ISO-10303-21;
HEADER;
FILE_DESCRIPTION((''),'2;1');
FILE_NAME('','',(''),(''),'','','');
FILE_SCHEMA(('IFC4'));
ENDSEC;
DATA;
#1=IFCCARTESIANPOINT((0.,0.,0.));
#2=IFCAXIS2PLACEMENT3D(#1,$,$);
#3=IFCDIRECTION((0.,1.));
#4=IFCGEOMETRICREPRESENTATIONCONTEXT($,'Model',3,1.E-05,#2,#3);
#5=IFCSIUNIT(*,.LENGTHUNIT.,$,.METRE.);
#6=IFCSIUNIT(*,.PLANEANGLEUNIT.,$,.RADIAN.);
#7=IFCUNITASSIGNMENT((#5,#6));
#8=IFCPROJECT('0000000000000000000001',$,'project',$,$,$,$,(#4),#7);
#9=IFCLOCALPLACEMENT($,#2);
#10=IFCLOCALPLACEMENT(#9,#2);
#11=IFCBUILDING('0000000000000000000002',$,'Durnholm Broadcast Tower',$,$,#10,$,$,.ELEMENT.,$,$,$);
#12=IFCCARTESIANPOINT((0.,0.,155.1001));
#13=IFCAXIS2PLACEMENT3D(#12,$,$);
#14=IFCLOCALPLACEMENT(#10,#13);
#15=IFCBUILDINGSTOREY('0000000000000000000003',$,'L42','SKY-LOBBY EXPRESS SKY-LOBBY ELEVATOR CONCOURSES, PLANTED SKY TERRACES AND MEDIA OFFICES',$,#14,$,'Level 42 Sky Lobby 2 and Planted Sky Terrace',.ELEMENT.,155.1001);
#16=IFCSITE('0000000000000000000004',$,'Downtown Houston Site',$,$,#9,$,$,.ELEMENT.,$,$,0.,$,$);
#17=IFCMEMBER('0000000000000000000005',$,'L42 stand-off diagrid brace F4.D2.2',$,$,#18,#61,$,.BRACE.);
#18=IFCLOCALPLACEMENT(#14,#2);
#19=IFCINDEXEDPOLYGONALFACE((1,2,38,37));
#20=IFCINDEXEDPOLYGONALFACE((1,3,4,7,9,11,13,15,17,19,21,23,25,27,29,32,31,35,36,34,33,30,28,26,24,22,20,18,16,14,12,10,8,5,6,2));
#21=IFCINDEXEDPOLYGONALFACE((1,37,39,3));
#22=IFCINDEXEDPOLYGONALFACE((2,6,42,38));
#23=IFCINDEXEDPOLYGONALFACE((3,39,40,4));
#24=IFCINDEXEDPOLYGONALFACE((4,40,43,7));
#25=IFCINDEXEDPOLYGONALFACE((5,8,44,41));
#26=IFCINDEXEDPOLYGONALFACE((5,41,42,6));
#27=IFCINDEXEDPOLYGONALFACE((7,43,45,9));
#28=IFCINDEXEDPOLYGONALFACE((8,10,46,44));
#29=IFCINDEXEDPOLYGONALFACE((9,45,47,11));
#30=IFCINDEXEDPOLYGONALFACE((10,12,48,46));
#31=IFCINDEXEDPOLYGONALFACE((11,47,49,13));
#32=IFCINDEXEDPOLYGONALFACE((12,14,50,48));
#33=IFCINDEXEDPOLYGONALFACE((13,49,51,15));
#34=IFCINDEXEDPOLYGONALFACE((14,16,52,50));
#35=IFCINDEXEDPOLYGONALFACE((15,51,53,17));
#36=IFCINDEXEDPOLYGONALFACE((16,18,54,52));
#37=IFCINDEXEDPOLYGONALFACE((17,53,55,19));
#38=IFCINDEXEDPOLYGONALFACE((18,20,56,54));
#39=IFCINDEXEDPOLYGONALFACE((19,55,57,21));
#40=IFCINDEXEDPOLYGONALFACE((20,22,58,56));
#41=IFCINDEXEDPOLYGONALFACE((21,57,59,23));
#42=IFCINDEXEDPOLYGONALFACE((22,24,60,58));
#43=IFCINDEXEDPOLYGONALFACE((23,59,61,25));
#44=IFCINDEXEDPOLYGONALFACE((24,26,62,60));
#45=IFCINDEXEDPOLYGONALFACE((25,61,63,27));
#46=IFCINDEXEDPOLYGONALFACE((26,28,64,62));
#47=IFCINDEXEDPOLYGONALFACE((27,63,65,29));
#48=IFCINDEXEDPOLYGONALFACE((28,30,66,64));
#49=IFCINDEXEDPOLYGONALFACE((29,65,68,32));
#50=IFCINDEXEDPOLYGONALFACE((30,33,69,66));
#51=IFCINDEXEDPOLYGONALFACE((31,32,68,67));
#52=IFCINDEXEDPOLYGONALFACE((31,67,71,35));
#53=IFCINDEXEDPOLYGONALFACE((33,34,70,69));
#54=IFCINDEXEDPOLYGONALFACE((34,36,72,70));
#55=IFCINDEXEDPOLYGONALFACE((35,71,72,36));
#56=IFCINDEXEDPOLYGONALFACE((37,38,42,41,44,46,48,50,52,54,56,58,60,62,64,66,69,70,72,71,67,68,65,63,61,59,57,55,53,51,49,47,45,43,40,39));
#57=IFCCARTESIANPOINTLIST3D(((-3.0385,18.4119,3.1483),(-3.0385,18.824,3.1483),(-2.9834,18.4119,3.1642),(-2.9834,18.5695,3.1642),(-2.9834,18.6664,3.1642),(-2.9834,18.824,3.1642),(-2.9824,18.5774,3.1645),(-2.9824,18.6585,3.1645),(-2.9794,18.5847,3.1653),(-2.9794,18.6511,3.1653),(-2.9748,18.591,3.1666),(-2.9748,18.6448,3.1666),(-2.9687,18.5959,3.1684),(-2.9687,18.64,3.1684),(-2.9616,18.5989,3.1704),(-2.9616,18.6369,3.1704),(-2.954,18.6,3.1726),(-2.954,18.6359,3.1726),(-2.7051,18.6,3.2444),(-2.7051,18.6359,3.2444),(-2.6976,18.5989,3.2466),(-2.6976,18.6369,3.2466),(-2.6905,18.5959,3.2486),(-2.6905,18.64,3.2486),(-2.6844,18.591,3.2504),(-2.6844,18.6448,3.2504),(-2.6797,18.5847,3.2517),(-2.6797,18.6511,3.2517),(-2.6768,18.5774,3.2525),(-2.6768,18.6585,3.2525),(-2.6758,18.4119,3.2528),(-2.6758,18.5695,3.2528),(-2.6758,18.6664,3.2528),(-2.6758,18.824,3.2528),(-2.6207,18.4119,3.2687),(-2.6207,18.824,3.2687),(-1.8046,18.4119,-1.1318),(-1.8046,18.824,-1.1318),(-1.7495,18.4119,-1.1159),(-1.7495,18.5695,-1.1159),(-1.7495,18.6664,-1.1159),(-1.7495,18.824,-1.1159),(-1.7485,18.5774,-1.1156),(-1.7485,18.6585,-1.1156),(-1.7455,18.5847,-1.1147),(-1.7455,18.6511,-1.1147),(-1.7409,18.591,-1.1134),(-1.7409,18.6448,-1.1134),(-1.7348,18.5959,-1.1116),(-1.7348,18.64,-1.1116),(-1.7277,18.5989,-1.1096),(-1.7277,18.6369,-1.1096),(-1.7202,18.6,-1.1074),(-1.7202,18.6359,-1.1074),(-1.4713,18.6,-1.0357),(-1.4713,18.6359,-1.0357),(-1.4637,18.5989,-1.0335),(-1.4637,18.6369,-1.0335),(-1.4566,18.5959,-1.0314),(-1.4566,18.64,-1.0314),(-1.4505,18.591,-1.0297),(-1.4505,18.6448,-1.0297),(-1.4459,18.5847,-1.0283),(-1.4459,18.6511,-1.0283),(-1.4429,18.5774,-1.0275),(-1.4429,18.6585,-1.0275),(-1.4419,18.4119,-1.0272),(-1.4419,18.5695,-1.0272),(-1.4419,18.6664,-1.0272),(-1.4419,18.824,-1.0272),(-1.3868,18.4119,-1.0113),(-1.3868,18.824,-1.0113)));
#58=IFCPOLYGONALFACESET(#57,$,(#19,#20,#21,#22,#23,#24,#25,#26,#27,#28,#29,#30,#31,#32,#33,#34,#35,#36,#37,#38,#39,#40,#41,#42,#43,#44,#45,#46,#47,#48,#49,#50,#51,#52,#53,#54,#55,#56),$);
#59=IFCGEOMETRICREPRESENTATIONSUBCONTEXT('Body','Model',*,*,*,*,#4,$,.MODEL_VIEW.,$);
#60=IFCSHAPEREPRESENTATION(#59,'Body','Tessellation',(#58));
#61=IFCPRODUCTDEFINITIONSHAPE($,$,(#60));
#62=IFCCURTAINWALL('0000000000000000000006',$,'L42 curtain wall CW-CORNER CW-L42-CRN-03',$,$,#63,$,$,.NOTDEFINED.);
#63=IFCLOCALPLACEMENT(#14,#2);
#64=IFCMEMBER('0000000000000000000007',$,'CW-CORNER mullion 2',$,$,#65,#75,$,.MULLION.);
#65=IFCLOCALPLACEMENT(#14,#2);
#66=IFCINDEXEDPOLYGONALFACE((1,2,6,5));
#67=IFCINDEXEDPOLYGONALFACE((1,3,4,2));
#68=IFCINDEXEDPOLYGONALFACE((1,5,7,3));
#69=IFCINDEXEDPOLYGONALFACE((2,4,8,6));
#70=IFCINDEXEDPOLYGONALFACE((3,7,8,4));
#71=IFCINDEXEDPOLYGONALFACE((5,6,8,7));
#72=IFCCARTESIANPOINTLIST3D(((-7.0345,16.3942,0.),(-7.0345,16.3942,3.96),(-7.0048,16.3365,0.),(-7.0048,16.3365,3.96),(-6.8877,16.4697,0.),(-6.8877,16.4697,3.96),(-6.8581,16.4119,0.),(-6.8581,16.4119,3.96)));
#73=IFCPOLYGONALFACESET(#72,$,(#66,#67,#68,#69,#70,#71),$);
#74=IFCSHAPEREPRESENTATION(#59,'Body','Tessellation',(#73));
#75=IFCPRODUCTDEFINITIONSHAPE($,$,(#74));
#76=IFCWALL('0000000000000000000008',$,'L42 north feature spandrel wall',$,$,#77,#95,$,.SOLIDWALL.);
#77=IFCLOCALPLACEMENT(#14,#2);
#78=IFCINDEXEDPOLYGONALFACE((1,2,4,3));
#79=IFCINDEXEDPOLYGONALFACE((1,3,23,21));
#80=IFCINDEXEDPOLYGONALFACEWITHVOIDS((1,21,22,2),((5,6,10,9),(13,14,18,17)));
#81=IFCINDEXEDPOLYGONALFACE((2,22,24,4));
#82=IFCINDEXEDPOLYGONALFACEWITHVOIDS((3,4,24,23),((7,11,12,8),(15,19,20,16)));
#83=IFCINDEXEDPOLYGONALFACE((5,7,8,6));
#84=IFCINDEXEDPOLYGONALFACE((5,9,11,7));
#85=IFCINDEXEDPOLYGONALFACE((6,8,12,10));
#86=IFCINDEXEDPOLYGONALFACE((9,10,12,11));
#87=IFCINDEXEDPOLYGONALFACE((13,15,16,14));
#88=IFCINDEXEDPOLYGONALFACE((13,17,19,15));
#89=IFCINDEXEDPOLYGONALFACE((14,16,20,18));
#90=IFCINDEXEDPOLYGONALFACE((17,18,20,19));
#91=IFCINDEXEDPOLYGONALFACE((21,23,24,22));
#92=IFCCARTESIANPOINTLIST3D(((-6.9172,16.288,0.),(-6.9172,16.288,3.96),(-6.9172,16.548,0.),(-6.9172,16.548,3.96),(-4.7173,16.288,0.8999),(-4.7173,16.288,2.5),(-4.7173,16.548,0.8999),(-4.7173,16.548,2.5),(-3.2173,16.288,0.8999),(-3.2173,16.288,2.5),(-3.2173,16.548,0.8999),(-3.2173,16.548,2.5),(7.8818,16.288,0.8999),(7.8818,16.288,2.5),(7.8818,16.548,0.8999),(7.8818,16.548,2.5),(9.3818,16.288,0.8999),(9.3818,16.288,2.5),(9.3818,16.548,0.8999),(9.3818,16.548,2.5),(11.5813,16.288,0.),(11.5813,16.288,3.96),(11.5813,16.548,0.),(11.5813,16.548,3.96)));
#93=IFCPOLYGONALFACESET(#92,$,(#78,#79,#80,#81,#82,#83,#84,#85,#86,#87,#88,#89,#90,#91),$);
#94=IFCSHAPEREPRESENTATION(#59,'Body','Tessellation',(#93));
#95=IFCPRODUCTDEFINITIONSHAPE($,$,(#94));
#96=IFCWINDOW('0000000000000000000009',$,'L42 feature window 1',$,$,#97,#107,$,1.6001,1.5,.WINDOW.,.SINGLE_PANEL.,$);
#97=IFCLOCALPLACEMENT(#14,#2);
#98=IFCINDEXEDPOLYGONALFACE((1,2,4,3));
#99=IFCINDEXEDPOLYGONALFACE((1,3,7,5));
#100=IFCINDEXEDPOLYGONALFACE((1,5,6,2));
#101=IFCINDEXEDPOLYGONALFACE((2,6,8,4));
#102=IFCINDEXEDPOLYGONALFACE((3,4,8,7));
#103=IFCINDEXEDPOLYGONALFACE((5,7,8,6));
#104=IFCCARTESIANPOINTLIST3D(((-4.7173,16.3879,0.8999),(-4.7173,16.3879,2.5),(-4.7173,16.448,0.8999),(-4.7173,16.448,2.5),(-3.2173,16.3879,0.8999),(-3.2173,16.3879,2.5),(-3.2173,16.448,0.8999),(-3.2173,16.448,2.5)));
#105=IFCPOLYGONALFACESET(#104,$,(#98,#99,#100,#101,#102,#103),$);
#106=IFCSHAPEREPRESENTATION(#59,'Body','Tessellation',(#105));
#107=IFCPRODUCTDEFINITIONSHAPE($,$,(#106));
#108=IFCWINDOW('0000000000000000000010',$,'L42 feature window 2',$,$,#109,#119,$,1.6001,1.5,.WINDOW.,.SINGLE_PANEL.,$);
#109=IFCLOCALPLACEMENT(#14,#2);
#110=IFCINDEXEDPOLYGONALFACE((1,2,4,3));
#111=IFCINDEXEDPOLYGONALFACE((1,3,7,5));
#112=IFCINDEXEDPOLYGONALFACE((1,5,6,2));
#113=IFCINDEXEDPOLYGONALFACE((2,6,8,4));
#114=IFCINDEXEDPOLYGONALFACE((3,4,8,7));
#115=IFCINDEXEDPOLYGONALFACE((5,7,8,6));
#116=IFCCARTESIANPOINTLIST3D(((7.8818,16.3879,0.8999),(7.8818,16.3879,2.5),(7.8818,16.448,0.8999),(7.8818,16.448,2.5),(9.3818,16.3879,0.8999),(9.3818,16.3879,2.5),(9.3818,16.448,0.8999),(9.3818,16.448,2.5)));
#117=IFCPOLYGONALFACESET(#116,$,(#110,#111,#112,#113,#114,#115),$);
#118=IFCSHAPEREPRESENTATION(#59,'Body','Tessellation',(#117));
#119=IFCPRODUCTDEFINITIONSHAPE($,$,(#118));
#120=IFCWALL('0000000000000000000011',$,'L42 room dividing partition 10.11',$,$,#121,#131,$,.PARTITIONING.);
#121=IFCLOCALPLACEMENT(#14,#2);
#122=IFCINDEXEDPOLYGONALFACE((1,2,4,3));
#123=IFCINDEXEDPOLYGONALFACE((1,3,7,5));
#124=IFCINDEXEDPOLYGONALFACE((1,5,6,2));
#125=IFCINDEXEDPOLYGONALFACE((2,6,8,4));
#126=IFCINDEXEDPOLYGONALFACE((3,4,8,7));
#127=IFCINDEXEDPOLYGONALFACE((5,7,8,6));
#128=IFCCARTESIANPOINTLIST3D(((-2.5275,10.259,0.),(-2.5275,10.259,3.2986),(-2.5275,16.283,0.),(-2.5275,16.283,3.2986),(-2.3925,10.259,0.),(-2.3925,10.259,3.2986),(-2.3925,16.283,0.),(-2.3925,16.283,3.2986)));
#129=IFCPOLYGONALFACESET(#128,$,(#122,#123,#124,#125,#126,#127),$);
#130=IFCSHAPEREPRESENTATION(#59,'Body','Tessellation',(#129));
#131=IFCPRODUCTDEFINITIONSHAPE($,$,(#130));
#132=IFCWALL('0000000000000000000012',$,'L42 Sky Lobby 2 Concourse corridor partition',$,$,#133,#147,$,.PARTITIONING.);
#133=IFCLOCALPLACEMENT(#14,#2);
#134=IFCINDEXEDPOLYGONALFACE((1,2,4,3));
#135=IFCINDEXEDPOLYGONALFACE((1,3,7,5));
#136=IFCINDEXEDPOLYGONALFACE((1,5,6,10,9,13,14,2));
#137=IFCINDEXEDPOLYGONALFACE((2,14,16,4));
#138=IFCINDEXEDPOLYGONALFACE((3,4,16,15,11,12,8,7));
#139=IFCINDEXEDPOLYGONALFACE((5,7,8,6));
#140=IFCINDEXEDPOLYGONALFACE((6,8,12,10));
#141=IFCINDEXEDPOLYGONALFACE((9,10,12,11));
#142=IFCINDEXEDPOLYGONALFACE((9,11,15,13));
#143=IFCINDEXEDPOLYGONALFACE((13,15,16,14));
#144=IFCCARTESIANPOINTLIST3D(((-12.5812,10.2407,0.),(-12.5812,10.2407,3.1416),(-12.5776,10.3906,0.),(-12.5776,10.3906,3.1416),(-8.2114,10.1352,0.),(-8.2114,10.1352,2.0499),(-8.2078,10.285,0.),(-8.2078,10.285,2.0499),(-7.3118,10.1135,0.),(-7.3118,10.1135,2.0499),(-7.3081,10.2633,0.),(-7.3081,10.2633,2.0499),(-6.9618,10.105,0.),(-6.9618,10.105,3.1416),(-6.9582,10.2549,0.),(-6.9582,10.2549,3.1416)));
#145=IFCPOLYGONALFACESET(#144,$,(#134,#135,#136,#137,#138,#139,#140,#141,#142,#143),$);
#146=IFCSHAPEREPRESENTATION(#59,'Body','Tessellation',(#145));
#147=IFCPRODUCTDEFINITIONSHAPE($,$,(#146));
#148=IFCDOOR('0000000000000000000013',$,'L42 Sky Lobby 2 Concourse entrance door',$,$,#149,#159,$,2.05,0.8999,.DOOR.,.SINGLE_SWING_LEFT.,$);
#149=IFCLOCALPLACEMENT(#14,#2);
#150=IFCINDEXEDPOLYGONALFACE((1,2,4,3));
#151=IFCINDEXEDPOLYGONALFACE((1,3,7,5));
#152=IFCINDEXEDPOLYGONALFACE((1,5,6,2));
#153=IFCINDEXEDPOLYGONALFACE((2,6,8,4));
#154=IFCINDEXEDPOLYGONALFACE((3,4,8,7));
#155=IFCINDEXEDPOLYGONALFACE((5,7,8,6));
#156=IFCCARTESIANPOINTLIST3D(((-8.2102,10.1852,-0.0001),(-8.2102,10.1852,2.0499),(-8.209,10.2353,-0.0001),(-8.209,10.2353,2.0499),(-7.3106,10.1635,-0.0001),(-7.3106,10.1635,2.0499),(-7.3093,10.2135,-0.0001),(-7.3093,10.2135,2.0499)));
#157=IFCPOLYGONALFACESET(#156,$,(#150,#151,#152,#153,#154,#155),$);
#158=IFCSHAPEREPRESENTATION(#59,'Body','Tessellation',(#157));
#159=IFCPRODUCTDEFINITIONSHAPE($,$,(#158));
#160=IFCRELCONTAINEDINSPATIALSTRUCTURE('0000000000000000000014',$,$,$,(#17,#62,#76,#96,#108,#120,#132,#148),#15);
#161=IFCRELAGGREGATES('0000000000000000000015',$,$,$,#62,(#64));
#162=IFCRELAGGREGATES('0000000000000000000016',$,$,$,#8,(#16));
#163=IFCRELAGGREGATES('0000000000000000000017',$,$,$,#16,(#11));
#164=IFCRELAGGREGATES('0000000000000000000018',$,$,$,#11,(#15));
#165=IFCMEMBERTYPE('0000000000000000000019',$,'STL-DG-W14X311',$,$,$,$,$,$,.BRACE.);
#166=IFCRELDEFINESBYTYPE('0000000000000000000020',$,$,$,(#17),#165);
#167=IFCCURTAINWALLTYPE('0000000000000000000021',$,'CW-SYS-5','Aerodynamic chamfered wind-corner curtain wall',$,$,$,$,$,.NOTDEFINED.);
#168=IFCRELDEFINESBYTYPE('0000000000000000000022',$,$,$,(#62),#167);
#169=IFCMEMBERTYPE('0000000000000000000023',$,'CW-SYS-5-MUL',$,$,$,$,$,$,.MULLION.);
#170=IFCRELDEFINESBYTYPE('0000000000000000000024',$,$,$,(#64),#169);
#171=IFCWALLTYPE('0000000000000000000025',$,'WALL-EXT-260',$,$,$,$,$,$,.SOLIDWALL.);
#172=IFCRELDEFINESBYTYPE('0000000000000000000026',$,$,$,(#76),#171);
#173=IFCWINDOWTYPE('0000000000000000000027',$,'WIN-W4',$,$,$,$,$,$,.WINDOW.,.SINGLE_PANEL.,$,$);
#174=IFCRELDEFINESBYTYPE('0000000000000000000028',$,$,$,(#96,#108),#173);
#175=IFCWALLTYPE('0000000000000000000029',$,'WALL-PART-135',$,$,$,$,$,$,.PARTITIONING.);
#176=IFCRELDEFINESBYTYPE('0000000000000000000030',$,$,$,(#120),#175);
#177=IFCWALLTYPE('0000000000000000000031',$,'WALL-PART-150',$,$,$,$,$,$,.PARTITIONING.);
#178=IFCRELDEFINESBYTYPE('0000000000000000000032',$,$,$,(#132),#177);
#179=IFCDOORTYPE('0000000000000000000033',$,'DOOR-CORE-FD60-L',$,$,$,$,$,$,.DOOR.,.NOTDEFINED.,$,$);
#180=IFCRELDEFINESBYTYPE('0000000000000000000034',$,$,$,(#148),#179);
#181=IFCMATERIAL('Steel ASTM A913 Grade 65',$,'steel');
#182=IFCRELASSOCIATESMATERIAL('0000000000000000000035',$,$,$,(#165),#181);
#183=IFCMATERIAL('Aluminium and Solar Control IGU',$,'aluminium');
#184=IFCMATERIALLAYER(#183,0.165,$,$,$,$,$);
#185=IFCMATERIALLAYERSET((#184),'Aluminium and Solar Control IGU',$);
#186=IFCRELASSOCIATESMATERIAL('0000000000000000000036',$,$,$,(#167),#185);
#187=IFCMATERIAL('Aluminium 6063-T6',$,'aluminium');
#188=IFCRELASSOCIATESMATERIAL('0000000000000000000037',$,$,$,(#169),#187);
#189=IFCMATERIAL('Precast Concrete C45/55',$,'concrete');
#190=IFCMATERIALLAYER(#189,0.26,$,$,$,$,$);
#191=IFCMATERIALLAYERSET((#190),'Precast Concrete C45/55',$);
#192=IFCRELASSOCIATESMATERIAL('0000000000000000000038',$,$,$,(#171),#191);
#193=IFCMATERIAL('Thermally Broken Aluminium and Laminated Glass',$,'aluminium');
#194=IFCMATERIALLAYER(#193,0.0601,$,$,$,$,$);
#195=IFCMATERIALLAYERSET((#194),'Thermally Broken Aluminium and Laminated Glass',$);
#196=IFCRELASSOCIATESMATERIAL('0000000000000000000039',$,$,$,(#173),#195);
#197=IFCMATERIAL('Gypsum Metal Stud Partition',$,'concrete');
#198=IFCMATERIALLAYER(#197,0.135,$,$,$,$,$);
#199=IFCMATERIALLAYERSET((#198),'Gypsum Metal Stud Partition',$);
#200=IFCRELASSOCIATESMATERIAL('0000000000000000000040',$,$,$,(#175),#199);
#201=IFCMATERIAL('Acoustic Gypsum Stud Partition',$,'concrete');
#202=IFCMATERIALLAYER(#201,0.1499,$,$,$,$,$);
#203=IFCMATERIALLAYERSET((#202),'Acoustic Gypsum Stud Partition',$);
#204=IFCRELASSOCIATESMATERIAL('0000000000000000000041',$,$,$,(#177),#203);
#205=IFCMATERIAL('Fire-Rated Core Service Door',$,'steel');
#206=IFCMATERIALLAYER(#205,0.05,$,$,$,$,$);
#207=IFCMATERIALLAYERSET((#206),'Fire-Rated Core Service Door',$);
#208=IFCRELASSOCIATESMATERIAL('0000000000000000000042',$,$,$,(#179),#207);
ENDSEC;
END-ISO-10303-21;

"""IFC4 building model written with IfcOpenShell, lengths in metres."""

from ifc_helpers import new_model, si_unit, direction, frame, frame_2d, origin, origin_2d, place, context, subcontext, project, spatial, rectangle, i_section, extrude, source, transform, mapped, material, layer, layer_set, material_profile, profile_set, type_object, type_shapes, element, fill, aggregate, save


model = new_model("IFC4")

# Units and contexts
model_context = context("Model", 3, precision=1e-05, world=origin(), true_north=direction((0.0, 1.0)))
body_context = subcontext(model_context, "Body", "Model", "MODEL_VIEW")
ifc_project = project(units=[si_unit("LENGTHUNIT", "METRE"), si_unit("PLANEANGLEUNIT", "RADIAN")], contexts=[model_context])

# Site, building, storey
site_placement = place(None, origin())
site = spatial("IfcSite", under=ifc_project, at=site_placement, Name="Downtown Houston Site", CompositionType="ELEMENT", RefElevation=0.0)
building_placement = place(site_placement, origin())
building = spatial("IfcBuilding", under=site, at=building_placement, Name="Durnholm Broadcast Tower", CompositionType="ELEMENT")
storey_placement = place(building_placement, frame((0.0, 0.0, 155.1001)))
storey = spatial("IfcBuildingStorey", under=building, at=storey_placement, Name="L42", Description="SKY-LOBBY EXPRESS SKY-LOBBY ELEVATOR CONCOURSES, PLANTED SKY TERRACES AND MEDIA OFFICES", LongName="Level 42 Sky Lobby 2 and Planted Sky Terrace", CompositionType="ELEMENT", Elevation=155.1001)

# Member
ifc_material_1 = material(Name="Steel ASTM A913 Grade 65", Category="steel")
ifc_material_profile_1 = material_profile(ifc_material_1, i_section(OverallWidth=0.4121, OverallDepth=0.4348, WebThickness=0.0359, FlangeThickness=0.0574, FilletRadius=0.0305, at=origin_2d()), Name="W14X311")
ifc_profile_set_1 = profile_set([ifc_material_profile_1], Name="Steel ASTM A913 Grade 65")
member_type_1 = type_object("IfcMemberType", Name="STL-DG-W14X311", PredefinedType="BRACE", material=ifc_profile_set_1)
shared_shape_1 = source(origin(), body_context, "Body", "SweptSolid", [
    extrude(i_section(OverallWidth=0.4121, OverallDepth=0.4348, WebThickness=0.0359, FlangeThickness=0.0574, FilletRadius=0.0305, at=origin_2d()), origin(), (0.0, 0.0, 1.0), 4.4543),
])
type_shapes(member_type_1, [shared_shape_1])
for number, where, z_axis, x_axis, name in (
    (1, (-1.5957, 18.6179, -1.0715), (-0.277008, 0.0, 0.960868), (0.0, -1.0, 0.0), "L42 stand-off diagrid brace F4.D2.2"),
):
    element("IfcMember", number, at=place(storey_placement, frame(where, z_axis=z_axis, x_axis=x_axis)), inside=storey, type_object=member_type_1, Name=name, PredefinedType="BRACE", context=body_context, shape_type="MappedRepresentation", body=[
        mapped(shared_shape_1, transform((0.0, 0.0, 0.0), x_axis=(1.0, 0.0, 0.0), y_axis=(0.0, 1.0, 0.0), z_axis=(0.0, 0.0, 1.0), scale=1.0)),
    ])

# Curtain wall, member
ifc_material_2 = material(Name="Aluminium and Solar Control IGU", Category="aluminium")
ifc_layer_1 = layer(ifc_material_2, 0.165)
ifc_layer_set_1 = layer_set([ifc_layer_1], Name="Aluminium and Solar Control IGU")
curtain_wall_type = type_object("IfcCurtainWallType", Name="CW-SYS-5", Description="Aerodynamic chamfered wind-corner curtain wall", PredefinedType="NOTDEFINED", material=ifc_layer_set_1)
curtain_wall_placement = place(storey_placement, origin())
curtain_wall = element("IfcCurtainWall", 2, at=curtain_wall_placement, inside=storey, type_object=curtain_wall_type, Name="L42 curtain wall CW-CORNER CW-L42-CRN-03", PredefinedType="NOTDEFINED")
ifc_material_3 = material(Name="Aluminium 6063-T6", Category="aluminium")
ifc_material_profile_2 = material_profile(ifc_material_3, rectangle(XDim=0.0649, YDim=0.165, at=origin_2d()), Name="CWM65X165")
ifc_profile_set_2 = profile_set([ifc_material_profile_2], Name="Aluminium 6063-T6")
member_type_2 = type_object("IfcMemberType", Name="CW-SYS-5-MUL", PredefinedType="MULLION", material=ifc_profile_set_2)
shared_shape_2 = source(origin(), body_context, "Body", "SweptSolid", [
    extrude(rectangle(XDim=0.0649, YDim=0.165, at=origin_2d()), origin(), (0.0, 0.0, 1.0), 3.96),
])
type_shapes(member_type_2, [shared_shape_2])
member_placement = place(storey_placement, frame((-6.9463, 16.4031, 0.0), z_axis=(0.0, 0.0, 1.0), x_axis=(-0.457082, 0.889425, 0.0)))
member = element("IfcMember", 3, at=member_placement, type_object=member_type_2, Name="CW-CORNER mullion 2", PredefinedType="MULLION", context=body_context, shape_type="MappedRepresentation", body=[
    mapped(shared_shape_2, transform((0.0, 0.0, 0.0), x_axis=(1.0, 0.0, 0.0), y_axis=(0.0, 1.0, 0.0), z_axis=(0.0, 0.0, 1.0), scale=1.0)),
])
aggregate(curtain_wall, [member])

# Wall, openings, windows
ifc_material_4 = material(Name="Precast Concrete C45/55", Category="concrete")
ifc_layer_2 = layer(ifc_material_4, 0.26)
ifc_layer_set_2 = layer_set([ifc_layer_2], Name="Precast Concrete C45/55")
wall_type_1 = type_object("IfcWallType", Name="WALL-EXT-260", PredefinedType="SOLIDWALL", material=ifc_layer_set_2)
wall_1_placement = place(storey_placement, frame((-6.9172, 16.418, 0.0), z_axis=(0.0, 0.0, 1.0), x_axis=(1.0, 0.0, 0.0)))
wall_1 = element("IfcWall", 4, at=wall_1_placement, inside=storey, type_object=wall_type_1, Name="L42 north feature spandrel wall", PredefinedType="SOLIDWALL", context=body_context, shape_type="SweptSolid", body=[
    extrude(rectangle(XDim=18.4985, YDim=0.26, at=frame_2d((9.2493, 0.0))), origin(), (0.0, 0.0, 1.0), 3.96),
])
opening_1_placement = place(wall_1_placement, frame((2.2, 0.0, 0.8999)))
opening_1 = element("IfcOpeningElement", 5, at=opening_1_placement, cuts=wall_1, PredefinedType="OPENING", context=body_context, shape_type="SweptSolid", body=[
    extrude(rectangle(XDim=1.5, YDim=1.6001, at=frame_2d((0.75, 0.8))), frame((0.0, 0.1401, 0.0), z_axis=(0.0, -1.0, 0.0), x_axis=(1.0, 0.0, 0.0)), (0.0, 0.0, 1.0), 0.28),
])
opening_2_placement = place(wall_1_placement, frame((14.7991, 0.0, 0.8999)))
opening_2 = element("IfcOpeningElement", 6, at=opening_2_placement, cuts=wall_1, PredefinedType="OPENING", context=body_context, shape_type="SweptSolid", body=[
    extrude(rectangle(XDim=1.5, YDim=1.6001, at=frame_2d((0.75, 0.8))), frame((0.0, 0.1401, 0.0), z_axis=(0.0, -1.0, 0.0), x_axis=(1.0, 0.0, 0.0)), (0.0, 0.0, 1.0), 0.28),
])
ifc_material_5 = material(Name="Thermally Broken Aluminium and Laminated Glass", Category="aluminium")
ifc_layer_3 = layer(ifc_material_5, 0.0601)
ifc_layer_set_3 = layer_set([ifc_layer_3], Name="Thermally Broken Aluminium and Laminated Glass")
window_type = type_object("IfcWindowType", Name="WIN-W4", PartitioningType="SINGLE_PANEL", PredefinedType="WINDOW", material=ifc_layer_set_3)
shared_shape_3 = source(origin(), body_context, "Body", "SweptSolid", [
    extrude(rectangle(XDim=1.5, YDim=1.6001, at=frame_2d((0.75, 0.8))), frame((0.0, 0.03, 0.0), z_axis=(0.0, -1.0, 0.0), x_axis=(1.0, 0.0, 0.0)), (0.0, 0.0, 1.0), 0.0601),
])
type_shapes(window_type, [shared_shape_3])
window_1_placement = place(opening_1_placement, origin())
window_1 = element("IfcWindow", 7, at=window_1_placement, inside=storey, type_object=window_type, Name="L42 feature window 1", OverallHeight=1.6001, OverallWidth=1.5, PartitioningType="SINGLE_PANEL", PredefinedType="WINDOW", context=body_context, shape_type="MappedRepresentation", body=[
    mapped(shared_shape_3, transform((0.0, 0.0, 0.0), x_axis=(1.0, 0.0, 0.0), y_axis=(0.0, 1.0, 0.0), z_axis=(0.0, 0.0, 1.0), scale=1.0)),
])
fill(opening_1, window_1)
window_2_placement = place(opening_2_placement, origin())
window_2 = element("IfcWindow", 8, at=window_2_placement, inside=storey, type_object=window_type, Name="L42 feature window 2", OverallHeight=1.6001, OverallWidth=1.5, PartitioningType="SINGLE_PANEL", PredefinedType="WINDOW", context=body_context, shape_type="MappedRepresentation", body=[
    mapped(shared_shape_3, transform((0.0, 0.0, 0.0), x_axis=(1.0, 0.0, 0.0), y_axis=(0.0, 1.0, 0.0), z_axis=(0.0, 0.0, 1.0), scale=1.0)),
])
fill(opening_2, window_2)

# Wall
ifc_material_6 = material(Name="Gypsum Metal Stud Partition", Category="concrete")
ifc_layer_4 = layer(ifc_material_6, 0.135)
ifc_layer_set_4 = layer_set([ifc_layer_4], Name="Gypsum Metal Stud Partition")
wall_type_2 = type_object("IfcWallType", Name="WALL-PART-135", PredefinedType="PARTITIONING", material=ifc_layer_set_4)
wall_2_placement = place(storey_placement, frame((-2.46, 16.283, 0.0), z_axis=(0.0, 0.0, 1.0), x_axis=(0.0, -1.0, 0.0)))
element("IfcWall", 9, at=wall_2_placement, inside=storey, type_object=wall_type_2, Name="L42 room dividing partition 10.11", PredefinedType="PARTITIONING", context=body_context, shape_type="SweptSolid", body=[
    extrude(rectangle(XDim=6.0239, YDim=0.135, at=frame_2d((3.012, 0.0))), origin(), (0.0, 0.0, 1.0), 3.2986),
])

# Wall, opening, door
ifc_material_7 = material(Name="Acoustic Gypsum Stud Partition", Category="concrete")
ifc_layer_5 = layer(ifc_material_7, 0.1499)
ifc_layer_set_5 = layer_set([ifc_layer_5], Name="Acoustic Gypsum Stud Partition")
wall_type_3 = type_object("IfcWallType", Name="WALL-PART-150", PredefinedType="PARTITIONING", material=ifc_layer_set_5)
wall_3_placement = place(storey_placement, frame((-6.96, 10.1799, 0.0), z_axis=(0.0, 0.0, 1.0), x_axis=(-0.999708, 0.024149, 0.0)))
wall_3 = element("IfcWall", 10, at=wall_3_placement, inside=storey, type_object=wall_type_3, Name="L42 Sky Lobby 2 Concourse corridor partition", PredefinedType="PARTITIONING", context=body_context, shape_type="SweptSolid", body=[
    extrude(rectangle(XDim=5.6211, YDim=0.1499, at=frame_2d((2.8105, 0.0))), origin(), (0.0, 0.0, 1.0), 3.1416),
])
opening_3_placement = place(wall_3_placement, frame((0.3501, 0.0, 0.0)))
opening_3 = element("IfcOpeningElement", 11, at=opening_3_placement, cuts=wall_3, PredefinedType="OPENING", context=body_context, shape_type="SweptSolid", body=[
    extrude(rectangle(XDim=0.8999, YDim=2.05, at=frame_2d((0.45, 1.0249))), frame((0.0, 0.085, 0.0), z_axis=(0.0, -1.0, 0.0), x_axis=(1.0, 0.0, 0.0)), (0.0, 0.0, 1.0), 0.1699),
])
ifc_material_8 = material(Name="Fire-Rated Core Service Door", Category="steel")
ifc_layer_6 = layer(ifc_material_8, 0.05)
ifc_layer_set_6 = layer_set([ifc_layer_6], Name="Fire-Rated Core Service Door")
door_type_1 = type_object("IfcDoorType", Name="DOOR-CORE-FD60-L", OperationType="NOTDEFINED", PredefinedType="DOOR", material=ifc_layer_set_6)
shared_shape_4 = source(origin(), body_context, "Body", "SweptSolid", [
    extrude(rectangle(XDim=0.8999, YDim=2.05, at=frame_2d((0.45, 1.0249))), frame((0.0, 0.0249, 0.0), z_axis=(0.0, -1.0, 0.0), x_axis=(1.0, 0.0, 0.0)), (0.0, 0.0, 1.0), 0.05),
])
type_shapes(door_type_1, [shared_shape_4])
door_1_placement = place(opening_3_placement, origin())
door_1 = element("IfcDoor", 12, at=door_1_placement, inside=storey, type_object=door_type_1, Name="L42 Sky Lobby 2 Concourse entrance door", OperationType="SINGLE_SWING_LEFT", OverallHeight=2.05, OverallWidth=0.8999, PredefinedType="DOOR", context=body_context, shape_type="MappedRepresentation", body=[
    mapped(shared_shape_4, transform((0.0, 0.0, 0.0), x_axis=(1.0, 0.0, 0.0), y_axis=(0.0, 1.0, 0.0), z_axis=(0.0, 0.0, 1.0), scale=1.0)),
])
fill(opening_3, door_1)

save(model, "model.ifc")
